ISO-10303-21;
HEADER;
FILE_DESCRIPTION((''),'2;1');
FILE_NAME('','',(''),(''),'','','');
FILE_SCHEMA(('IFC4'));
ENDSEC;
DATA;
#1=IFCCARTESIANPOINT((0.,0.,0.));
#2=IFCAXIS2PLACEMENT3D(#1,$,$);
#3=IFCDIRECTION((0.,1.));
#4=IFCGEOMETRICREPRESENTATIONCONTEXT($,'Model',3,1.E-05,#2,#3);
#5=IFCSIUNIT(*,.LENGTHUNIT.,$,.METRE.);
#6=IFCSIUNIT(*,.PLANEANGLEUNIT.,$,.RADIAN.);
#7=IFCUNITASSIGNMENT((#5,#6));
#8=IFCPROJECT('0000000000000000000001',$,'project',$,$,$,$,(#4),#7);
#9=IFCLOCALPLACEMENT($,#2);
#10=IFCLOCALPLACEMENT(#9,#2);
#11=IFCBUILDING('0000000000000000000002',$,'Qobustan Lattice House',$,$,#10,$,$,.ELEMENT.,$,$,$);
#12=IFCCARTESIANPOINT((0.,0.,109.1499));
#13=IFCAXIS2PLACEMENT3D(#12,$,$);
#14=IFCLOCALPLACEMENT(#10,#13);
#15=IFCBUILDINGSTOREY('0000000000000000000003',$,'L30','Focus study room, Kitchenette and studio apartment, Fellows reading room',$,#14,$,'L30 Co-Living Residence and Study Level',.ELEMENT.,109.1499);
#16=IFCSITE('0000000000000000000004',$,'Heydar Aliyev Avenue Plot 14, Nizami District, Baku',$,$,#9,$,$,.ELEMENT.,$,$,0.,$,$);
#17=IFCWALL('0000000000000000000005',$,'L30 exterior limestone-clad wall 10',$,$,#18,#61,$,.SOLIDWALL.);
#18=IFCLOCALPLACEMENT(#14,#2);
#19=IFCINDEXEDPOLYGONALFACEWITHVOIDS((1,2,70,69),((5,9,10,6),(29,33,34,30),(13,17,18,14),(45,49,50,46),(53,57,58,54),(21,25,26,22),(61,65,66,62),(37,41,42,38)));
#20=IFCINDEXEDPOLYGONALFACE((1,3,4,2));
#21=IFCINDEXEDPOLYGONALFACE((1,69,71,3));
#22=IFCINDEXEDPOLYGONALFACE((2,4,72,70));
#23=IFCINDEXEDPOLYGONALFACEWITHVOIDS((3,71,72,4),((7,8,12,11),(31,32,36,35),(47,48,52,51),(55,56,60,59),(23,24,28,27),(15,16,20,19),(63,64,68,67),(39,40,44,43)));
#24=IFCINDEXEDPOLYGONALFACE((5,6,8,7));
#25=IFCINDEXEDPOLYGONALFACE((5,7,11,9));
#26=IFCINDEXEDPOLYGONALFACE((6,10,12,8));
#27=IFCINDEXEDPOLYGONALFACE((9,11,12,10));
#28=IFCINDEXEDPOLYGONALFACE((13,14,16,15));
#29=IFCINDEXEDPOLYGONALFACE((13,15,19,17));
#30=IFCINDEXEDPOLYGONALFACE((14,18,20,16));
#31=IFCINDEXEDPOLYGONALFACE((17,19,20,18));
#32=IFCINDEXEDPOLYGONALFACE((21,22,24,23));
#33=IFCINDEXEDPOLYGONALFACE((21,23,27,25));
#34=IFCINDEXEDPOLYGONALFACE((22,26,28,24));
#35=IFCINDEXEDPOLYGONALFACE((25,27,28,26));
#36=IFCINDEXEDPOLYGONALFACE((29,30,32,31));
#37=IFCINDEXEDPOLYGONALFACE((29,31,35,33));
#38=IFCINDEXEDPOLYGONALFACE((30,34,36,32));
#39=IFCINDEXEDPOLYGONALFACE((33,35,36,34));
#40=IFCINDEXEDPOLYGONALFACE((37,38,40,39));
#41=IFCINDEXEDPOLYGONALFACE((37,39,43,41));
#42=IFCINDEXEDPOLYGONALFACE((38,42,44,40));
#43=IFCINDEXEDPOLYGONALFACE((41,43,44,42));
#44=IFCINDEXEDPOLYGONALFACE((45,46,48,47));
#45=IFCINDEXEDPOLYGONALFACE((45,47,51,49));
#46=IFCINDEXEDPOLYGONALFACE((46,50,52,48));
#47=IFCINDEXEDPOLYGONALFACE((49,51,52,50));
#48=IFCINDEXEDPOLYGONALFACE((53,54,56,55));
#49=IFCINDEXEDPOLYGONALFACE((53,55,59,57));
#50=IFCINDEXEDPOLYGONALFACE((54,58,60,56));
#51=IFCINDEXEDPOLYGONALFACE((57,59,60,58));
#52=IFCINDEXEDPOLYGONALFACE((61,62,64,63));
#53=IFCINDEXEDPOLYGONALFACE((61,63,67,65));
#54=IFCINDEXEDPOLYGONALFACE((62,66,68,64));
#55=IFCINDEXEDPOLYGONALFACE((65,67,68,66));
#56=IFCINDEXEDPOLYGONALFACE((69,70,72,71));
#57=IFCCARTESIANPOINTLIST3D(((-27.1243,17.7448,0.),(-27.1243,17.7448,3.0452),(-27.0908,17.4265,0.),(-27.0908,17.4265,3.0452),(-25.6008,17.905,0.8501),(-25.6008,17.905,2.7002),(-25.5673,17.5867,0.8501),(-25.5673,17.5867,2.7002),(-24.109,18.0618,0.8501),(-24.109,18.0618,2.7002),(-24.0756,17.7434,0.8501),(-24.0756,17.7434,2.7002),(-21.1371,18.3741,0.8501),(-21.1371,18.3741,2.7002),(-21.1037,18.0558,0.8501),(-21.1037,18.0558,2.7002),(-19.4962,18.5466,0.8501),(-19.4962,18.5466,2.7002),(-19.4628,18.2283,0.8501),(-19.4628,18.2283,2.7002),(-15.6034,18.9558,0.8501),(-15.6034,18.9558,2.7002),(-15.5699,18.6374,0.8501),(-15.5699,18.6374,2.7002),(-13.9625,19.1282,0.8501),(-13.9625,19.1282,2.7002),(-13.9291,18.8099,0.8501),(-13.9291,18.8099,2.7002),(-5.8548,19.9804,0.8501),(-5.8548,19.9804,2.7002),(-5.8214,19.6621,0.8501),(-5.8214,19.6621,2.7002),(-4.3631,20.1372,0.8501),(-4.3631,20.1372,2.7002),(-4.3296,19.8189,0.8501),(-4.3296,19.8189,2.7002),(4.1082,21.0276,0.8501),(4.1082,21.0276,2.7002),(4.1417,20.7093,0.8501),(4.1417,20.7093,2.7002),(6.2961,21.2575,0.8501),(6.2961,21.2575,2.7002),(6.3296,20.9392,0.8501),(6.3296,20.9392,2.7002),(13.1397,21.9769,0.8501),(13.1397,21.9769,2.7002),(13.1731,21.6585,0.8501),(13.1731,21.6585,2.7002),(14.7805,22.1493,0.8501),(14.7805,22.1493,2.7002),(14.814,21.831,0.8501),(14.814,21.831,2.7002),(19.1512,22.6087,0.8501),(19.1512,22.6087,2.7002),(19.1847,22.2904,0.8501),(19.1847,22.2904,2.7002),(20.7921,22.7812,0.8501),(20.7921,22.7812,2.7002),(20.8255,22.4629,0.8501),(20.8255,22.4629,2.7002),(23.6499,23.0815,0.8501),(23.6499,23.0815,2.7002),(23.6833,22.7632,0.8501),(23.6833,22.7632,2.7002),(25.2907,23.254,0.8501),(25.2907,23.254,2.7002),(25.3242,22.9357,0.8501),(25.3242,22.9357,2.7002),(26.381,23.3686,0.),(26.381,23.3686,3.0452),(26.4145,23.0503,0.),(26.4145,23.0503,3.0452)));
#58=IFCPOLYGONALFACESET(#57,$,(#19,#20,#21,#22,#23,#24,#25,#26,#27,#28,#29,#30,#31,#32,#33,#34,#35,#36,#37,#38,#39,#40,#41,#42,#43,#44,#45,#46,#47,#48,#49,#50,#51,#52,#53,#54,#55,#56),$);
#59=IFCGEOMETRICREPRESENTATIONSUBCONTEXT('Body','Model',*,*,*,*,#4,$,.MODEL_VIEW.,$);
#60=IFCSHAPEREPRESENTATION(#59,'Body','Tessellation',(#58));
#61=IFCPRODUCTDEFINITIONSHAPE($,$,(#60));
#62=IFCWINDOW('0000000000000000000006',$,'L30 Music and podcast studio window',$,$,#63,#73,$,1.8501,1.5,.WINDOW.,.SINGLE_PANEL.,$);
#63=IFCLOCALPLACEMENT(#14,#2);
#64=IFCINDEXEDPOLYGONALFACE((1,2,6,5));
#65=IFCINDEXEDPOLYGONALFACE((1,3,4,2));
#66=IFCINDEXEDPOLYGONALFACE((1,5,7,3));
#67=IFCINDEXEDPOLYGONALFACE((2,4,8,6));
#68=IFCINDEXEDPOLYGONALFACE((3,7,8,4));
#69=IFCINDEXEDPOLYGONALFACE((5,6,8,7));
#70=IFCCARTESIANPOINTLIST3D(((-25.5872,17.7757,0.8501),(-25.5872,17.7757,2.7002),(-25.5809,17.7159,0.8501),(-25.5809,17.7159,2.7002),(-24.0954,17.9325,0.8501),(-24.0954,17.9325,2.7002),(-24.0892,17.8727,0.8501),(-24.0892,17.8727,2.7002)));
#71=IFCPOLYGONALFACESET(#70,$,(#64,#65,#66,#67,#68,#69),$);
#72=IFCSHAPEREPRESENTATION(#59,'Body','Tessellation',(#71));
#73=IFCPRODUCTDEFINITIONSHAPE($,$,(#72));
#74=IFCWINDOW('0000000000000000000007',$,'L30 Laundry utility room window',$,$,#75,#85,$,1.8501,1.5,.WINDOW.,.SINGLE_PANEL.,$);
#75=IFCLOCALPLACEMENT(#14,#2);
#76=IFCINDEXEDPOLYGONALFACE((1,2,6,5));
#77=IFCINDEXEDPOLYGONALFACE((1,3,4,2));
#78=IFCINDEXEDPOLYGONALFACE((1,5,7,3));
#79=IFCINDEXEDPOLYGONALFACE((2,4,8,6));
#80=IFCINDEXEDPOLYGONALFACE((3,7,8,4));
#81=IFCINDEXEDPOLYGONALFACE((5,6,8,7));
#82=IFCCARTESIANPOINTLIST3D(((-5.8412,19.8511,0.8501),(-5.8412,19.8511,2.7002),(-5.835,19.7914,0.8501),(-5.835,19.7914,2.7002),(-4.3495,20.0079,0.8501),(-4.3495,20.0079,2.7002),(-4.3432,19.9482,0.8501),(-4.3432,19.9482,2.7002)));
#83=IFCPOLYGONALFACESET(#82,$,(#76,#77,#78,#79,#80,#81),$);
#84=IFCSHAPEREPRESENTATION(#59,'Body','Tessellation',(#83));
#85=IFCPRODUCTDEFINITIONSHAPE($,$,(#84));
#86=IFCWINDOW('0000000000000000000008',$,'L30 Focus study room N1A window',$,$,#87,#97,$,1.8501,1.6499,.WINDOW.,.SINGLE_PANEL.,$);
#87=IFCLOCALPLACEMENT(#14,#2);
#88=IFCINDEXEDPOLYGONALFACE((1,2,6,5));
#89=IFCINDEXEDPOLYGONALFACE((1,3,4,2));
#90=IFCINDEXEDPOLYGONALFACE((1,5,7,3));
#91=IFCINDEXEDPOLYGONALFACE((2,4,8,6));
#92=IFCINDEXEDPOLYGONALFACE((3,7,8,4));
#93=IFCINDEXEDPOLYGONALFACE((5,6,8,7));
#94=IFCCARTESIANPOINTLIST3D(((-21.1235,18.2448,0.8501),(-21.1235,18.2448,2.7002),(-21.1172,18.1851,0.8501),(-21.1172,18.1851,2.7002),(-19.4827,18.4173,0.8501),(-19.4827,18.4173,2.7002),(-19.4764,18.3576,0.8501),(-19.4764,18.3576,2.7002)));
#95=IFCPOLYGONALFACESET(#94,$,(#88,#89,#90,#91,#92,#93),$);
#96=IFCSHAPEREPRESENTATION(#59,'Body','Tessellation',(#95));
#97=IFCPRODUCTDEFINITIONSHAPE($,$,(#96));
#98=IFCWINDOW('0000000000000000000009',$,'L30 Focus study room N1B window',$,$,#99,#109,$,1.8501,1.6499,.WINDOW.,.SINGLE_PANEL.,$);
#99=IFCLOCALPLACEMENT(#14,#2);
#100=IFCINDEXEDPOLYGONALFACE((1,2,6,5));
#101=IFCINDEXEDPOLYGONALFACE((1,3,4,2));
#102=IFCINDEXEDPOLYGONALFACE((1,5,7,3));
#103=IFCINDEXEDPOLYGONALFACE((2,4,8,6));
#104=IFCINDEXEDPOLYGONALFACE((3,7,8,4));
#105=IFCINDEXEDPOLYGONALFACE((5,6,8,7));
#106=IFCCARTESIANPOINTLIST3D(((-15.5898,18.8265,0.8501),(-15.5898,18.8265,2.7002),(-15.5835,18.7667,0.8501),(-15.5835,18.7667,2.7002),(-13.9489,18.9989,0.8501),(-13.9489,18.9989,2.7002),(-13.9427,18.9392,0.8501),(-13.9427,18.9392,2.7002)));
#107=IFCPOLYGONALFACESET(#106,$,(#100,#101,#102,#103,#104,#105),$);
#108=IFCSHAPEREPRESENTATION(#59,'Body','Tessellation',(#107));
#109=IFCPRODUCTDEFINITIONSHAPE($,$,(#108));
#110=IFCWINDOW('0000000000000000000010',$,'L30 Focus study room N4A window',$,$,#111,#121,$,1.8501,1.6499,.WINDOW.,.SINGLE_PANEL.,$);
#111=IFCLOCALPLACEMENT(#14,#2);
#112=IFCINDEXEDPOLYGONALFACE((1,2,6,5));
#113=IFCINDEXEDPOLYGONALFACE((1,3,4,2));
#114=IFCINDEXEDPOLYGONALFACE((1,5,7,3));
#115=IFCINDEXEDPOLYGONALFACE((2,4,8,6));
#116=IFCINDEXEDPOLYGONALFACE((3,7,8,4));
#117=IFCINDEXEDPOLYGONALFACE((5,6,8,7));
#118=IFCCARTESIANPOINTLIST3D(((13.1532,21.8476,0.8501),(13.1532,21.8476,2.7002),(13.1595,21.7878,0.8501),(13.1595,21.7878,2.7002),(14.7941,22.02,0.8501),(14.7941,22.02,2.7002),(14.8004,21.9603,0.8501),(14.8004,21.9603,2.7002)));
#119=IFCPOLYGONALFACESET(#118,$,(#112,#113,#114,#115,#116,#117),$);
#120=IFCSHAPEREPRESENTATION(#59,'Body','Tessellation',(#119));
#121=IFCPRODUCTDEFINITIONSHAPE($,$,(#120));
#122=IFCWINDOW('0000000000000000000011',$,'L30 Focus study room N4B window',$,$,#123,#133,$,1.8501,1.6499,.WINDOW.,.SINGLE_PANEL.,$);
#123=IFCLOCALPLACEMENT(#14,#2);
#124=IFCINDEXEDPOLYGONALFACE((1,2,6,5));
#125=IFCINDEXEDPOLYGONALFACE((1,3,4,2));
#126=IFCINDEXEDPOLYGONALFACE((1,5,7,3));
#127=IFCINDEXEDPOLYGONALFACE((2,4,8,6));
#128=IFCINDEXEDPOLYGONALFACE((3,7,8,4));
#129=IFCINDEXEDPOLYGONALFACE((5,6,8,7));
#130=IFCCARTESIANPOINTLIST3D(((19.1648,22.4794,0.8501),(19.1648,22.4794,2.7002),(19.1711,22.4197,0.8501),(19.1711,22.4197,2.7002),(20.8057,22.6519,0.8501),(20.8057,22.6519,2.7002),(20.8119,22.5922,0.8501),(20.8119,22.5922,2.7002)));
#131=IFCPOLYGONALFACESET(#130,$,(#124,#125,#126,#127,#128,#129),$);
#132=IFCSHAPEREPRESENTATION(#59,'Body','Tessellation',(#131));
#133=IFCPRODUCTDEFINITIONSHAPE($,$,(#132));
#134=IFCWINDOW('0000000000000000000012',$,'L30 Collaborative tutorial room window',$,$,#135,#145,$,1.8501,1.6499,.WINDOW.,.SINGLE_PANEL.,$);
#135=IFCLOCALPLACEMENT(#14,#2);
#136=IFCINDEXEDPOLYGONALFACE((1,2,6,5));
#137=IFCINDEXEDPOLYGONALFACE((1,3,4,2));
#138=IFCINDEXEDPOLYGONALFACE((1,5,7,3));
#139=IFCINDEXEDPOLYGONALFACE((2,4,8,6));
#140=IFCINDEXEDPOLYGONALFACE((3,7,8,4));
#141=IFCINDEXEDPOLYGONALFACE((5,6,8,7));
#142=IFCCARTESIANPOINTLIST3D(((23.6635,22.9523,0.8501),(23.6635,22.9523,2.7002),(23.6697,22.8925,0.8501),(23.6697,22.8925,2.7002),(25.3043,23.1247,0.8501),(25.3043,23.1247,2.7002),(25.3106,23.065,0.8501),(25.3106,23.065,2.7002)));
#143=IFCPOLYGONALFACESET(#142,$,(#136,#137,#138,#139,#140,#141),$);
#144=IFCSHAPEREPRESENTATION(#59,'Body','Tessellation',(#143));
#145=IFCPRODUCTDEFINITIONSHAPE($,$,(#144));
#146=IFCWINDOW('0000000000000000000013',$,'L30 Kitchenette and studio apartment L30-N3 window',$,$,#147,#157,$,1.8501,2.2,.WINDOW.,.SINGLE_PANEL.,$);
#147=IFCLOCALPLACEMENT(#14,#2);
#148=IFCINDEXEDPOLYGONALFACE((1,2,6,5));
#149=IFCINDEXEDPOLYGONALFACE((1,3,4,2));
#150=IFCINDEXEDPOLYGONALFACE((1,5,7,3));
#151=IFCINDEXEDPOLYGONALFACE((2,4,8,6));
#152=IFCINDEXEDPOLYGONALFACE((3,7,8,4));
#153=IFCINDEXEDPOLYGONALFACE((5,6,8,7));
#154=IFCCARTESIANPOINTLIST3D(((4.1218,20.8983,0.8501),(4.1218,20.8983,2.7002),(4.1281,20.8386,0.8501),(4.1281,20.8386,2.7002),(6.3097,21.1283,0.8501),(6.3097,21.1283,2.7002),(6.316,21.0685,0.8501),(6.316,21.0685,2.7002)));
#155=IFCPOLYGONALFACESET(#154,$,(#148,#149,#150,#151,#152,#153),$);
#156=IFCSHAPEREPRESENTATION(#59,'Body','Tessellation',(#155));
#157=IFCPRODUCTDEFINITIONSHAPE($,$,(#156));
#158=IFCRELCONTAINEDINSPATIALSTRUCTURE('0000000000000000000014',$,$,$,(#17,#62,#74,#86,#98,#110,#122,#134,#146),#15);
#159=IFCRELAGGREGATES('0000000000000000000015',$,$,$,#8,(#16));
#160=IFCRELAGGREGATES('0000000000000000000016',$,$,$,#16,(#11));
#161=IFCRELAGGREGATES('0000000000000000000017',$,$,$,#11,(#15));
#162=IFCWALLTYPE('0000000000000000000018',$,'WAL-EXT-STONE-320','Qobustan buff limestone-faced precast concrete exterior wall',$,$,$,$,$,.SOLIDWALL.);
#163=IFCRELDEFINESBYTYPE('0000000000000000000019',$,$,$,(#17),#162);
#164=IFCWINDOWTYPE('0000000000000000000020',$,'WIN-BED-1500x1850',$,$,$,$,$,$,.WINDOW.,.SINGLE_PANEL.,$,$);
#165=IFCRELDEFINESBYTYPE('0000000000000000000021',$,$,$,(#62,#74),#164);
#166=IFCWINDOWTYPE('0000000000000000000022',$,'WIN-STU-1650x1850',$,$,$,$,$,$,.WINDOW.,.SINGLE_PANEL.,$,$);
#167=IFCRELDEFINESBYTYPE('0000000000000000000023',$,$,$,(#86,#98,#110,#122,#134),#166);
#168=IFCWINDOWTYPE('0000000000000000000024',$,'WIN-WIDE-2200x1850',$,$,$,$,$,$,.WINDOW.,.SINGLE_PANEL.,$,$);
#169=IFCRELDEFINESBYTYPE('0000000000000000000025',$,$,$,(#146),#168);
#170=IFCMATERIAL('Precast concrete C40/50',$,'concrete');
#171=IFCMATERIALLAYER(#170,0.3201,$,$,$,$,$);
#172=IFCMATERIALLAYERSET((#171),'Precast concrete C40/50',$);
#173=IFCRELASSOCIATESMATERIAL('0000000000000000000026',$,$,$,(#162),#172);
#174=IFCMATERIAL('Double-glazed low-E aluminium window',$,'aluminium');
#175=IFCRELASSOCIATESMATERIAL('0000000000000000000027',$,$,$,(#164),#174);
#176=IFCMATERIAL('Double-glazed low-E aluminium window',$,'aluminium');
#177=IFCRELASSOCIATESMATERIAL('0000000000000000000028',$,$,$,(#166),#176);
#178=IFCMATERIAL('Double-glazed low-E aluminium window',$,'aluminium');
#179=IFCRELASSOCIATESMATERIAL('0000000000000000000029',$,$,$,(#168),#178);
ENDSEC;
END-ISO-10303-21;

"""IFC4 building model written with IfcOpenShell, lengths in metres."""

from ifc_helpers import new_model, si_unit, direction, frame, frame_2d, origin, place, context, subcontext, project, spatial, rectangle, extrude, material, layer, layer_set, type_object, element, fill, save


model = new_model("IFC4")

# Units and contexts
model_context = context("Model", 3, precision=1e-05, world=origin(), true_north=direction((0.0, 1.0)))
body_context = subcontext(model_context, "Body", "Model", "MODEL_VIEW")
ifc_project = project(units=[si_unit("LENGTHUNIT", "METRE"), si_unit("PLANEANGLEUNIT", "RADIAN")], contexts=[model_context])

# Site, building, storey
site_placement = place(None, origin())
site = spatial("IfcSite", under=ifc_project, at=site_placement, Name="Heydar Aliyev Avenue Plot 14, Nizami District, Baku", CompositionType="ELEMENT", RefElevation=0.0)
building_placement = place(site_placement, origin())
building = spatial("IfcBuilding", under=site, at=building_placement, Name="Qobustan Lattice House", CompositionType="ELEMENT")
storey_placement = place(building_placement, frame((0.0, 0.0, 109.1499)))
storey = spatial("IfcBuildingStorey", under=building, at=storey_placement, Name="L30", Description="Focus study room, Kitchenette and studio apartment, Fellows reading room", LongName="L30 Co-Living Residence and Study Level", CompositionType="ELEMENT", Elevation=109.1499)

# Shared definitions
ifc_material_1 = material(Name="Precast concrete C40/50", Category="concrete")
ifc_layer_1 = layer(ifc_material_1, 0.3201)
ifc_layer_set_1 = layer_set([ifc_layer_1], Name="Precast concrete C40/50")
wall_type_1 = type_object("IfcWallType", Name="WAL-EXT-STONE-320", Description="Qobustan buff limestone-faced precast concrete exterior wall", PredefinedType="SOLIDWALL", material=ifc_layer_set_1)

# Wall, openings, windows
wall_1_placement = place(storey_placement, frame((-27.1074, 17.5857, 0.0), z_axis=(0.0, 0.0, 1.0), x_axis=(0.994522, 0.104531, 0.0)))
wall_1 = element("IfcWall", 1, at=wall_1_placement, inside=storey, type_object=wall_type_1, Name="L30 exterior limestone-clad wall 10", PredefinedType="SOLIDWALL", context=body_context, shape_type="SweptSolid", body=[
    extrude(rectangle(XDim=53.8, YDim=0.3201, at=frame_2d((26.8999, 0.0))), origin(), (0.0, 0.0, 1.0), 3.0452),
])
opening_1_placement = place(wall_1_placement, frame((1.5317, 0.0, 0.8501)))
opening_1 = element("IfcOpeningElement", 2, at=opening_1_placement, cuts=wall_1, PredefinedType="OPENING", context=body_context, shape_type="SweptSolid", body=[
    extrude(rectangle(XDim=1.5, YDim=1.8501, at=frame_2d((0.75, 0.925))), frame((0.0, 0.1699, 0.0), z_axis=(0.0, -1.0, 0.0), x_axis=(1.0, 0.0, 0.0)), (0.0, 0.0, 1.0), 0.3401),
])
opening_2_placement = place(wall_1_placement, frame((6.02, 0.0, 0.8501)))
opening_2 = element("IfcOpeningElement", 3, at=opening_2_placement, cuts=wall_1, PredefinedType="OPENING", context=body_context, shape_type="SweptSolid", body=[
    extrude(rectangle(XDim=1.6499, YDim=1.8501, at=frame_2d((0.825, 0.925))), frame((0.0, 0.1699, 0.0), z_axis=(0.0, -1.0, 0.0), x_axis=(1.0, 0.0, 0.0)), (0.0, 0.0, 1.0), 0.3401),
])
opening_3_placement = place(wall_1_placement, frame((11.5842, 0.0, 0.8501)))
opening_3 = element("IfcOpeningElement", 4, at=opening_3_placement, cuts=wall_1, PredefinedType="OPENING", context=body_context, shape_type="SweptSolid", body=[
    extrude(rectangle(XDim=1.6499, YDim=1.8501, at=frame_2d((0.825, 0.925))), frame((0.0, 0.1699, 0.0), z_axis=(0.0, -1.0, 0.0), x_axis=(1.0, 0.0, 0.0)), (0.0, 0.0, 1.0), 0.3401),
])
opening_4_placement = place(wall_1_placement, frame((21.3865, 0.0, 0.8501)))
opening_4 = element("IfcOpeningElement", 5, at=opening_4_placement, cuts=wall_1, PredefinedType="OPENING", context=body_context, shape_type="SweptSolid", body=[
    extrude(rectangle(XDim=1.5, YDim=1.8501, at=frame_2d((0.75, 0.925))), frame((0.0, 0.1699, 0.0), z_axis=(0.0, -1.0, 0.0), x_axis=(1.0, 0.0, 0.0)), (0.0, 0.0, 1.0), 0.3401),
])
opening_5_placement = place(wall_1_placement, frame((31.4043, 0.0, 0.8501)))
opening_5 = element("IfcOpeningElement", 6, at=opening_5_placement, cuts=wall_1, PredefinedType="OPENING", context=body_context, shape_type="SweptSolid", body=[
    extrude(rectangle(XDim=2.2, YDim=1.8501, at=frame_2d((1.1001, 0.925))), frame((0.0, 0.1699, 0.0), z_axis=(0.0, -1.0, 0.0), x_axis=(1.0, 0.0, 0.0)), (0.0, 0.0, 1.0), 0.3401),
])
opening_6_placement = place(wall_1_placement, frame((40.4856, 0.0, 0.8501)))
opening_6 = element("IfcOpeningElement", 7, at=opening_6_placement, cuts=wall_1, PredefinedType="OPENING", context=body_context, shape_type="SweptSolid", body=[
    extrude(rectangle(XDim=1.6499, YDim=1.8501, at=frame_2d((0.825, 0.925))), frame((0.0, 0.1699, 0.0), z_axis=(0.0, -1.0, 0.0), x_axis=(1.0, 0.0, 0.0)), (0.0, 0.0, 1.0), 0.3401),
])
opening_7_placement = place(wall_1_placement, frame((46.5303, 0.0, 0.8501)))
opening_7 = element("IfcOpeningElement", 8, at=opening_7_placement, cuts=wall_1, PredefinedType="OPENING", context=body_context, shape_type="SweptSolid", body=[
    extrude(rectangle(XDim=1.6499, YDim=1.8501, at=frame_2d((0.825, 0.925))), frame((0.0, 0.1699, 0.0), z_axis=(0.0, -1.0, 0.0), x_axis=(1.0, 0.0, 0.0)), (0.0, 0.0, 1.0), 0.3401),
])
opening_8_placement = place(wall_1_placement, frame((51.0537, 0.0, 0.8501)))
opening_8 = element("IfcOpeningElement", 9, at=opening_8_placement, cuts=wall_1, PredefinedType="OPENING", context=body_context, shape_type="SweptSolid", body=[
    extrude(rectangle(XDim=1.6499, YDim=1.8501, at=frame_2d((0.825, 0.925))), frame((0.0, 0.1699, 0.0), z_axis=(0.0, -1.0, 0.0), x_axis=(1.0, 0.0, 0.0)), (0.0, 0.0, 1.0), 0.3401),
])
ifc_material_2 = material(Name="Double-glazed low-E aluminium window", Category="aluminium")
window_type_1 = type_object("IfcWindowType", Name="WIN-BED-1500x1850", PartitioningType="SINGLE_PANEL", PredefinedType="WINDOW", material=ifc_material_2)
window_1_placement = place(opening_1_placement, origin())
window_1 = element("IfcWindow", 10, at=window_1_placement, inside=storey, type_object=window_type_1, Name="L30 Music and podcast studio window", OverallHeight=1.8501, OverallWidth=1.5, PartitioningType="SINGLE_PANEL", PredefinedType="WINDOW", context=body_context, shape_type="SweptSolid", body=[
    extrude(rectangle(XDim=1.5, YDim=1.8501, at=frame_2d((0.75, 0.925))), frame((0.0, 0.03, 0.0), z_axis=(0.0, -1.0, 0.0), x_axis=(1.0, 0.0, 0.0)), (0.0, 0.0, 1.0), 0.0601),
])
fill(opening_1, window_1)
window_2_placement = place(opening_4_placement, origin())
window_2 = element("IfcWindow", 11, at=window_2_placement, inside=storey, type_object=window_type_1, Name="L30 Laundry utility room window", OverallHeight=1.8501, OverallWidth=1.5, PartitioningType="SINGLE_PANEL", PredefinedType="WINDOW", context=body_context, shape_type="SweptSolid", body=[
    extrude(rectangle(XDim=1.5, YDim=1.8501, at=frame_2d((0.75, 0.925))), frame((0.0, 0.03, 0.0), z_axis=(0.0, -1.0, 0.0), x_axis=(1.0, 0.0, 0.0)), (0.0, 0.0, 1.0), 0.0601),
])
fill(opening_4, window_2)
ifc_material_3 = material(Name="Double-glazed low-E aluminium window", Category="aluminium")
window_type_2 = type_object("IfcWindowType", Name="WIN-STU-1650x1850", PartitioningType="SINGLE_PANEL", PredefinedType="WINDOW", material=ifc_material_3)
window_3_placement = place(opening_2_placement, origin())
window_3 = element("IfcWindow", 12, at=window_3_placement, inside=storey, type_object=window_type_2, Name="L30 Focus study room N1A window", OverallHeight=1.8501, OverallWidth=1.6499, PartitioningType="SINGLE_PANEL", PredefinedType="WINDOW", context=body_context, shape_type="SweptSolid", body=[
    extrude(rectangle(XDim=1.6499, YDim=1.8501, at=frame_2d((0.825, 0.925))), frame((0.0, 0.03, 0.0), z_axis=(0.0, -1.0, 0.0), x_axis=(1.0, 0.0, 0.0)), (0.0, 0.0, 1.0), 0.0601),
])
fill(opening_2, window_3)
window_4_placement = place(opening_3_placement, origin())
window_4 = element("IfcWindow", 13, at=window_4_placement, inside=storey, type_object=window_type_2, Name="L30 Focus study room N1B window", OverallHeight=1.8501, OverallWidth=1.6499, PartitioningType="SINGLE_PANEL", PredefinedType="WINDOW", context=body_context, shape_type="SweptSolid", body=[
    extrude(rectangle(XDim=1.6499, YDim=1.8501, at=frame_2d((0.825, 0.925))), frame((0.0, 0.03, 0.0), z_axis=(0.0, -1.0, 0.0), x_axis=(1.0, 0.0, 0.0)), (0.0, 0.0, 1.0), 0.0601),
])
fill(opening_3, window_4)
window_5_placement = place(opening_6_placement, origin())
window_5 = element("IfcWindow", 14, at=window_5_placement, inside=storey, type_object=window_type_2, Name="L30 Focus study room N4A window", OverallHeight=1.8501, OverallWidth=1.6499, PartitioningType="SINGLE_PANEL", PredefinedType="WINDOW", context=body_context, shape_type="SweptSolid", body=[
    extrude(rectangle(XDim=1.6499, YDim=1.8501, at=frame_2d((0.825, 0.925))), frame((0.0, 0.03, 0.0), z_axis=(0.0, -1.0, 0.0), x_axis=(1.0, 0.0, 0.0)), (0.0, 0.0, 1.0), 0.0601),
])
fill(opening_6, window_5)
window_6_placement = place(opening_7_placement, origin())
window_6 = element("IfcWindow", 15, at=window_6_placement, inside=storey, type_object=window_type_2, Name="L30 Focus study room N4B window", OverallHeight=1.8501, OverallWidth=1.6499, PartitioningType="SINGLE_PANEL", PredefinedType="WINDOW", context=body_context, shape_type="SweptSolid", body=[
    extrude(rectangle(XDim=1.6499, YDim=1.8501, at=frame_2d((0.825, 0.925))), frame((0.0, 0.03, 0.0), z_axis=(0.0, -1.0, 0.0), x_axis=(1.0, 0.0, 0.0)), (0.0, 0.0, 1.0), 0.0601),
])
fill(opening_7, window_6)
window_7_placement = place(opening_8_placement, origin())
window_7 = element("IfcWindow", 16, at=window_7_placement, inside=storey, type_object=window_type_2, Name="L30 Collaborative tutorial room window", OverallHeight=1.8501, OverallWidth=1.6499, PartitioningType="SINGLE_PANEL", PredefinedType="WINDOW", context=body_context, shape_type="SweptSolid", body=[
    extrude(rectangle(XDim=1.6499, YDim=1.8501, at=frame_2d((0.825, 0.925))), frame((0.0, 0.03, 0.0), z_axis=(0.0, -1.0, 0.0), x_axis=(1.0, 0.0, 0.0)), (0.0, 0.0, 1.0), 0.0601),
])
fill(opening_8, window_7)
ifc_material_4 = material(Name="Double-glazed low-E aluminium window", Category="aluminium")
window_type_3 = type_object("IfcWindowType", Name="WIN-WIDE-2200x1850", PartitioningType="SINGLE_PANEL", PredefinedType="WINDOW", material=ifc_material_4)
window_8_placement = place(opening_5_placement, origin())
window_8 = element("IfcWindow", 17, at=window_8_placement, inside=storey, type_object=window_type_3, Name="L30 Kitchenette and studio apartment L30-N3 window", OverallHeight=1.8501, OverallWidth=2.2, PartitioningType="SINGLE_PANEL", PredefinedType="WINDOW", context=body_context, shape_type="SweptSolid", body=[
    extrude(rectangle(XDim=2.2, YDim=1.8501, at=frame_2d((1.1001, 0.925))), frame((0.0, 0.03, 0.0), z_axis=(0.0, -1.0, 0.0), x_axis=(1.0, 0.0, 0.0)), (0.0, 0.0, 1.0), 0.0601),
])
fill(opening_5, window_8)

save(model, "model.ifc")
